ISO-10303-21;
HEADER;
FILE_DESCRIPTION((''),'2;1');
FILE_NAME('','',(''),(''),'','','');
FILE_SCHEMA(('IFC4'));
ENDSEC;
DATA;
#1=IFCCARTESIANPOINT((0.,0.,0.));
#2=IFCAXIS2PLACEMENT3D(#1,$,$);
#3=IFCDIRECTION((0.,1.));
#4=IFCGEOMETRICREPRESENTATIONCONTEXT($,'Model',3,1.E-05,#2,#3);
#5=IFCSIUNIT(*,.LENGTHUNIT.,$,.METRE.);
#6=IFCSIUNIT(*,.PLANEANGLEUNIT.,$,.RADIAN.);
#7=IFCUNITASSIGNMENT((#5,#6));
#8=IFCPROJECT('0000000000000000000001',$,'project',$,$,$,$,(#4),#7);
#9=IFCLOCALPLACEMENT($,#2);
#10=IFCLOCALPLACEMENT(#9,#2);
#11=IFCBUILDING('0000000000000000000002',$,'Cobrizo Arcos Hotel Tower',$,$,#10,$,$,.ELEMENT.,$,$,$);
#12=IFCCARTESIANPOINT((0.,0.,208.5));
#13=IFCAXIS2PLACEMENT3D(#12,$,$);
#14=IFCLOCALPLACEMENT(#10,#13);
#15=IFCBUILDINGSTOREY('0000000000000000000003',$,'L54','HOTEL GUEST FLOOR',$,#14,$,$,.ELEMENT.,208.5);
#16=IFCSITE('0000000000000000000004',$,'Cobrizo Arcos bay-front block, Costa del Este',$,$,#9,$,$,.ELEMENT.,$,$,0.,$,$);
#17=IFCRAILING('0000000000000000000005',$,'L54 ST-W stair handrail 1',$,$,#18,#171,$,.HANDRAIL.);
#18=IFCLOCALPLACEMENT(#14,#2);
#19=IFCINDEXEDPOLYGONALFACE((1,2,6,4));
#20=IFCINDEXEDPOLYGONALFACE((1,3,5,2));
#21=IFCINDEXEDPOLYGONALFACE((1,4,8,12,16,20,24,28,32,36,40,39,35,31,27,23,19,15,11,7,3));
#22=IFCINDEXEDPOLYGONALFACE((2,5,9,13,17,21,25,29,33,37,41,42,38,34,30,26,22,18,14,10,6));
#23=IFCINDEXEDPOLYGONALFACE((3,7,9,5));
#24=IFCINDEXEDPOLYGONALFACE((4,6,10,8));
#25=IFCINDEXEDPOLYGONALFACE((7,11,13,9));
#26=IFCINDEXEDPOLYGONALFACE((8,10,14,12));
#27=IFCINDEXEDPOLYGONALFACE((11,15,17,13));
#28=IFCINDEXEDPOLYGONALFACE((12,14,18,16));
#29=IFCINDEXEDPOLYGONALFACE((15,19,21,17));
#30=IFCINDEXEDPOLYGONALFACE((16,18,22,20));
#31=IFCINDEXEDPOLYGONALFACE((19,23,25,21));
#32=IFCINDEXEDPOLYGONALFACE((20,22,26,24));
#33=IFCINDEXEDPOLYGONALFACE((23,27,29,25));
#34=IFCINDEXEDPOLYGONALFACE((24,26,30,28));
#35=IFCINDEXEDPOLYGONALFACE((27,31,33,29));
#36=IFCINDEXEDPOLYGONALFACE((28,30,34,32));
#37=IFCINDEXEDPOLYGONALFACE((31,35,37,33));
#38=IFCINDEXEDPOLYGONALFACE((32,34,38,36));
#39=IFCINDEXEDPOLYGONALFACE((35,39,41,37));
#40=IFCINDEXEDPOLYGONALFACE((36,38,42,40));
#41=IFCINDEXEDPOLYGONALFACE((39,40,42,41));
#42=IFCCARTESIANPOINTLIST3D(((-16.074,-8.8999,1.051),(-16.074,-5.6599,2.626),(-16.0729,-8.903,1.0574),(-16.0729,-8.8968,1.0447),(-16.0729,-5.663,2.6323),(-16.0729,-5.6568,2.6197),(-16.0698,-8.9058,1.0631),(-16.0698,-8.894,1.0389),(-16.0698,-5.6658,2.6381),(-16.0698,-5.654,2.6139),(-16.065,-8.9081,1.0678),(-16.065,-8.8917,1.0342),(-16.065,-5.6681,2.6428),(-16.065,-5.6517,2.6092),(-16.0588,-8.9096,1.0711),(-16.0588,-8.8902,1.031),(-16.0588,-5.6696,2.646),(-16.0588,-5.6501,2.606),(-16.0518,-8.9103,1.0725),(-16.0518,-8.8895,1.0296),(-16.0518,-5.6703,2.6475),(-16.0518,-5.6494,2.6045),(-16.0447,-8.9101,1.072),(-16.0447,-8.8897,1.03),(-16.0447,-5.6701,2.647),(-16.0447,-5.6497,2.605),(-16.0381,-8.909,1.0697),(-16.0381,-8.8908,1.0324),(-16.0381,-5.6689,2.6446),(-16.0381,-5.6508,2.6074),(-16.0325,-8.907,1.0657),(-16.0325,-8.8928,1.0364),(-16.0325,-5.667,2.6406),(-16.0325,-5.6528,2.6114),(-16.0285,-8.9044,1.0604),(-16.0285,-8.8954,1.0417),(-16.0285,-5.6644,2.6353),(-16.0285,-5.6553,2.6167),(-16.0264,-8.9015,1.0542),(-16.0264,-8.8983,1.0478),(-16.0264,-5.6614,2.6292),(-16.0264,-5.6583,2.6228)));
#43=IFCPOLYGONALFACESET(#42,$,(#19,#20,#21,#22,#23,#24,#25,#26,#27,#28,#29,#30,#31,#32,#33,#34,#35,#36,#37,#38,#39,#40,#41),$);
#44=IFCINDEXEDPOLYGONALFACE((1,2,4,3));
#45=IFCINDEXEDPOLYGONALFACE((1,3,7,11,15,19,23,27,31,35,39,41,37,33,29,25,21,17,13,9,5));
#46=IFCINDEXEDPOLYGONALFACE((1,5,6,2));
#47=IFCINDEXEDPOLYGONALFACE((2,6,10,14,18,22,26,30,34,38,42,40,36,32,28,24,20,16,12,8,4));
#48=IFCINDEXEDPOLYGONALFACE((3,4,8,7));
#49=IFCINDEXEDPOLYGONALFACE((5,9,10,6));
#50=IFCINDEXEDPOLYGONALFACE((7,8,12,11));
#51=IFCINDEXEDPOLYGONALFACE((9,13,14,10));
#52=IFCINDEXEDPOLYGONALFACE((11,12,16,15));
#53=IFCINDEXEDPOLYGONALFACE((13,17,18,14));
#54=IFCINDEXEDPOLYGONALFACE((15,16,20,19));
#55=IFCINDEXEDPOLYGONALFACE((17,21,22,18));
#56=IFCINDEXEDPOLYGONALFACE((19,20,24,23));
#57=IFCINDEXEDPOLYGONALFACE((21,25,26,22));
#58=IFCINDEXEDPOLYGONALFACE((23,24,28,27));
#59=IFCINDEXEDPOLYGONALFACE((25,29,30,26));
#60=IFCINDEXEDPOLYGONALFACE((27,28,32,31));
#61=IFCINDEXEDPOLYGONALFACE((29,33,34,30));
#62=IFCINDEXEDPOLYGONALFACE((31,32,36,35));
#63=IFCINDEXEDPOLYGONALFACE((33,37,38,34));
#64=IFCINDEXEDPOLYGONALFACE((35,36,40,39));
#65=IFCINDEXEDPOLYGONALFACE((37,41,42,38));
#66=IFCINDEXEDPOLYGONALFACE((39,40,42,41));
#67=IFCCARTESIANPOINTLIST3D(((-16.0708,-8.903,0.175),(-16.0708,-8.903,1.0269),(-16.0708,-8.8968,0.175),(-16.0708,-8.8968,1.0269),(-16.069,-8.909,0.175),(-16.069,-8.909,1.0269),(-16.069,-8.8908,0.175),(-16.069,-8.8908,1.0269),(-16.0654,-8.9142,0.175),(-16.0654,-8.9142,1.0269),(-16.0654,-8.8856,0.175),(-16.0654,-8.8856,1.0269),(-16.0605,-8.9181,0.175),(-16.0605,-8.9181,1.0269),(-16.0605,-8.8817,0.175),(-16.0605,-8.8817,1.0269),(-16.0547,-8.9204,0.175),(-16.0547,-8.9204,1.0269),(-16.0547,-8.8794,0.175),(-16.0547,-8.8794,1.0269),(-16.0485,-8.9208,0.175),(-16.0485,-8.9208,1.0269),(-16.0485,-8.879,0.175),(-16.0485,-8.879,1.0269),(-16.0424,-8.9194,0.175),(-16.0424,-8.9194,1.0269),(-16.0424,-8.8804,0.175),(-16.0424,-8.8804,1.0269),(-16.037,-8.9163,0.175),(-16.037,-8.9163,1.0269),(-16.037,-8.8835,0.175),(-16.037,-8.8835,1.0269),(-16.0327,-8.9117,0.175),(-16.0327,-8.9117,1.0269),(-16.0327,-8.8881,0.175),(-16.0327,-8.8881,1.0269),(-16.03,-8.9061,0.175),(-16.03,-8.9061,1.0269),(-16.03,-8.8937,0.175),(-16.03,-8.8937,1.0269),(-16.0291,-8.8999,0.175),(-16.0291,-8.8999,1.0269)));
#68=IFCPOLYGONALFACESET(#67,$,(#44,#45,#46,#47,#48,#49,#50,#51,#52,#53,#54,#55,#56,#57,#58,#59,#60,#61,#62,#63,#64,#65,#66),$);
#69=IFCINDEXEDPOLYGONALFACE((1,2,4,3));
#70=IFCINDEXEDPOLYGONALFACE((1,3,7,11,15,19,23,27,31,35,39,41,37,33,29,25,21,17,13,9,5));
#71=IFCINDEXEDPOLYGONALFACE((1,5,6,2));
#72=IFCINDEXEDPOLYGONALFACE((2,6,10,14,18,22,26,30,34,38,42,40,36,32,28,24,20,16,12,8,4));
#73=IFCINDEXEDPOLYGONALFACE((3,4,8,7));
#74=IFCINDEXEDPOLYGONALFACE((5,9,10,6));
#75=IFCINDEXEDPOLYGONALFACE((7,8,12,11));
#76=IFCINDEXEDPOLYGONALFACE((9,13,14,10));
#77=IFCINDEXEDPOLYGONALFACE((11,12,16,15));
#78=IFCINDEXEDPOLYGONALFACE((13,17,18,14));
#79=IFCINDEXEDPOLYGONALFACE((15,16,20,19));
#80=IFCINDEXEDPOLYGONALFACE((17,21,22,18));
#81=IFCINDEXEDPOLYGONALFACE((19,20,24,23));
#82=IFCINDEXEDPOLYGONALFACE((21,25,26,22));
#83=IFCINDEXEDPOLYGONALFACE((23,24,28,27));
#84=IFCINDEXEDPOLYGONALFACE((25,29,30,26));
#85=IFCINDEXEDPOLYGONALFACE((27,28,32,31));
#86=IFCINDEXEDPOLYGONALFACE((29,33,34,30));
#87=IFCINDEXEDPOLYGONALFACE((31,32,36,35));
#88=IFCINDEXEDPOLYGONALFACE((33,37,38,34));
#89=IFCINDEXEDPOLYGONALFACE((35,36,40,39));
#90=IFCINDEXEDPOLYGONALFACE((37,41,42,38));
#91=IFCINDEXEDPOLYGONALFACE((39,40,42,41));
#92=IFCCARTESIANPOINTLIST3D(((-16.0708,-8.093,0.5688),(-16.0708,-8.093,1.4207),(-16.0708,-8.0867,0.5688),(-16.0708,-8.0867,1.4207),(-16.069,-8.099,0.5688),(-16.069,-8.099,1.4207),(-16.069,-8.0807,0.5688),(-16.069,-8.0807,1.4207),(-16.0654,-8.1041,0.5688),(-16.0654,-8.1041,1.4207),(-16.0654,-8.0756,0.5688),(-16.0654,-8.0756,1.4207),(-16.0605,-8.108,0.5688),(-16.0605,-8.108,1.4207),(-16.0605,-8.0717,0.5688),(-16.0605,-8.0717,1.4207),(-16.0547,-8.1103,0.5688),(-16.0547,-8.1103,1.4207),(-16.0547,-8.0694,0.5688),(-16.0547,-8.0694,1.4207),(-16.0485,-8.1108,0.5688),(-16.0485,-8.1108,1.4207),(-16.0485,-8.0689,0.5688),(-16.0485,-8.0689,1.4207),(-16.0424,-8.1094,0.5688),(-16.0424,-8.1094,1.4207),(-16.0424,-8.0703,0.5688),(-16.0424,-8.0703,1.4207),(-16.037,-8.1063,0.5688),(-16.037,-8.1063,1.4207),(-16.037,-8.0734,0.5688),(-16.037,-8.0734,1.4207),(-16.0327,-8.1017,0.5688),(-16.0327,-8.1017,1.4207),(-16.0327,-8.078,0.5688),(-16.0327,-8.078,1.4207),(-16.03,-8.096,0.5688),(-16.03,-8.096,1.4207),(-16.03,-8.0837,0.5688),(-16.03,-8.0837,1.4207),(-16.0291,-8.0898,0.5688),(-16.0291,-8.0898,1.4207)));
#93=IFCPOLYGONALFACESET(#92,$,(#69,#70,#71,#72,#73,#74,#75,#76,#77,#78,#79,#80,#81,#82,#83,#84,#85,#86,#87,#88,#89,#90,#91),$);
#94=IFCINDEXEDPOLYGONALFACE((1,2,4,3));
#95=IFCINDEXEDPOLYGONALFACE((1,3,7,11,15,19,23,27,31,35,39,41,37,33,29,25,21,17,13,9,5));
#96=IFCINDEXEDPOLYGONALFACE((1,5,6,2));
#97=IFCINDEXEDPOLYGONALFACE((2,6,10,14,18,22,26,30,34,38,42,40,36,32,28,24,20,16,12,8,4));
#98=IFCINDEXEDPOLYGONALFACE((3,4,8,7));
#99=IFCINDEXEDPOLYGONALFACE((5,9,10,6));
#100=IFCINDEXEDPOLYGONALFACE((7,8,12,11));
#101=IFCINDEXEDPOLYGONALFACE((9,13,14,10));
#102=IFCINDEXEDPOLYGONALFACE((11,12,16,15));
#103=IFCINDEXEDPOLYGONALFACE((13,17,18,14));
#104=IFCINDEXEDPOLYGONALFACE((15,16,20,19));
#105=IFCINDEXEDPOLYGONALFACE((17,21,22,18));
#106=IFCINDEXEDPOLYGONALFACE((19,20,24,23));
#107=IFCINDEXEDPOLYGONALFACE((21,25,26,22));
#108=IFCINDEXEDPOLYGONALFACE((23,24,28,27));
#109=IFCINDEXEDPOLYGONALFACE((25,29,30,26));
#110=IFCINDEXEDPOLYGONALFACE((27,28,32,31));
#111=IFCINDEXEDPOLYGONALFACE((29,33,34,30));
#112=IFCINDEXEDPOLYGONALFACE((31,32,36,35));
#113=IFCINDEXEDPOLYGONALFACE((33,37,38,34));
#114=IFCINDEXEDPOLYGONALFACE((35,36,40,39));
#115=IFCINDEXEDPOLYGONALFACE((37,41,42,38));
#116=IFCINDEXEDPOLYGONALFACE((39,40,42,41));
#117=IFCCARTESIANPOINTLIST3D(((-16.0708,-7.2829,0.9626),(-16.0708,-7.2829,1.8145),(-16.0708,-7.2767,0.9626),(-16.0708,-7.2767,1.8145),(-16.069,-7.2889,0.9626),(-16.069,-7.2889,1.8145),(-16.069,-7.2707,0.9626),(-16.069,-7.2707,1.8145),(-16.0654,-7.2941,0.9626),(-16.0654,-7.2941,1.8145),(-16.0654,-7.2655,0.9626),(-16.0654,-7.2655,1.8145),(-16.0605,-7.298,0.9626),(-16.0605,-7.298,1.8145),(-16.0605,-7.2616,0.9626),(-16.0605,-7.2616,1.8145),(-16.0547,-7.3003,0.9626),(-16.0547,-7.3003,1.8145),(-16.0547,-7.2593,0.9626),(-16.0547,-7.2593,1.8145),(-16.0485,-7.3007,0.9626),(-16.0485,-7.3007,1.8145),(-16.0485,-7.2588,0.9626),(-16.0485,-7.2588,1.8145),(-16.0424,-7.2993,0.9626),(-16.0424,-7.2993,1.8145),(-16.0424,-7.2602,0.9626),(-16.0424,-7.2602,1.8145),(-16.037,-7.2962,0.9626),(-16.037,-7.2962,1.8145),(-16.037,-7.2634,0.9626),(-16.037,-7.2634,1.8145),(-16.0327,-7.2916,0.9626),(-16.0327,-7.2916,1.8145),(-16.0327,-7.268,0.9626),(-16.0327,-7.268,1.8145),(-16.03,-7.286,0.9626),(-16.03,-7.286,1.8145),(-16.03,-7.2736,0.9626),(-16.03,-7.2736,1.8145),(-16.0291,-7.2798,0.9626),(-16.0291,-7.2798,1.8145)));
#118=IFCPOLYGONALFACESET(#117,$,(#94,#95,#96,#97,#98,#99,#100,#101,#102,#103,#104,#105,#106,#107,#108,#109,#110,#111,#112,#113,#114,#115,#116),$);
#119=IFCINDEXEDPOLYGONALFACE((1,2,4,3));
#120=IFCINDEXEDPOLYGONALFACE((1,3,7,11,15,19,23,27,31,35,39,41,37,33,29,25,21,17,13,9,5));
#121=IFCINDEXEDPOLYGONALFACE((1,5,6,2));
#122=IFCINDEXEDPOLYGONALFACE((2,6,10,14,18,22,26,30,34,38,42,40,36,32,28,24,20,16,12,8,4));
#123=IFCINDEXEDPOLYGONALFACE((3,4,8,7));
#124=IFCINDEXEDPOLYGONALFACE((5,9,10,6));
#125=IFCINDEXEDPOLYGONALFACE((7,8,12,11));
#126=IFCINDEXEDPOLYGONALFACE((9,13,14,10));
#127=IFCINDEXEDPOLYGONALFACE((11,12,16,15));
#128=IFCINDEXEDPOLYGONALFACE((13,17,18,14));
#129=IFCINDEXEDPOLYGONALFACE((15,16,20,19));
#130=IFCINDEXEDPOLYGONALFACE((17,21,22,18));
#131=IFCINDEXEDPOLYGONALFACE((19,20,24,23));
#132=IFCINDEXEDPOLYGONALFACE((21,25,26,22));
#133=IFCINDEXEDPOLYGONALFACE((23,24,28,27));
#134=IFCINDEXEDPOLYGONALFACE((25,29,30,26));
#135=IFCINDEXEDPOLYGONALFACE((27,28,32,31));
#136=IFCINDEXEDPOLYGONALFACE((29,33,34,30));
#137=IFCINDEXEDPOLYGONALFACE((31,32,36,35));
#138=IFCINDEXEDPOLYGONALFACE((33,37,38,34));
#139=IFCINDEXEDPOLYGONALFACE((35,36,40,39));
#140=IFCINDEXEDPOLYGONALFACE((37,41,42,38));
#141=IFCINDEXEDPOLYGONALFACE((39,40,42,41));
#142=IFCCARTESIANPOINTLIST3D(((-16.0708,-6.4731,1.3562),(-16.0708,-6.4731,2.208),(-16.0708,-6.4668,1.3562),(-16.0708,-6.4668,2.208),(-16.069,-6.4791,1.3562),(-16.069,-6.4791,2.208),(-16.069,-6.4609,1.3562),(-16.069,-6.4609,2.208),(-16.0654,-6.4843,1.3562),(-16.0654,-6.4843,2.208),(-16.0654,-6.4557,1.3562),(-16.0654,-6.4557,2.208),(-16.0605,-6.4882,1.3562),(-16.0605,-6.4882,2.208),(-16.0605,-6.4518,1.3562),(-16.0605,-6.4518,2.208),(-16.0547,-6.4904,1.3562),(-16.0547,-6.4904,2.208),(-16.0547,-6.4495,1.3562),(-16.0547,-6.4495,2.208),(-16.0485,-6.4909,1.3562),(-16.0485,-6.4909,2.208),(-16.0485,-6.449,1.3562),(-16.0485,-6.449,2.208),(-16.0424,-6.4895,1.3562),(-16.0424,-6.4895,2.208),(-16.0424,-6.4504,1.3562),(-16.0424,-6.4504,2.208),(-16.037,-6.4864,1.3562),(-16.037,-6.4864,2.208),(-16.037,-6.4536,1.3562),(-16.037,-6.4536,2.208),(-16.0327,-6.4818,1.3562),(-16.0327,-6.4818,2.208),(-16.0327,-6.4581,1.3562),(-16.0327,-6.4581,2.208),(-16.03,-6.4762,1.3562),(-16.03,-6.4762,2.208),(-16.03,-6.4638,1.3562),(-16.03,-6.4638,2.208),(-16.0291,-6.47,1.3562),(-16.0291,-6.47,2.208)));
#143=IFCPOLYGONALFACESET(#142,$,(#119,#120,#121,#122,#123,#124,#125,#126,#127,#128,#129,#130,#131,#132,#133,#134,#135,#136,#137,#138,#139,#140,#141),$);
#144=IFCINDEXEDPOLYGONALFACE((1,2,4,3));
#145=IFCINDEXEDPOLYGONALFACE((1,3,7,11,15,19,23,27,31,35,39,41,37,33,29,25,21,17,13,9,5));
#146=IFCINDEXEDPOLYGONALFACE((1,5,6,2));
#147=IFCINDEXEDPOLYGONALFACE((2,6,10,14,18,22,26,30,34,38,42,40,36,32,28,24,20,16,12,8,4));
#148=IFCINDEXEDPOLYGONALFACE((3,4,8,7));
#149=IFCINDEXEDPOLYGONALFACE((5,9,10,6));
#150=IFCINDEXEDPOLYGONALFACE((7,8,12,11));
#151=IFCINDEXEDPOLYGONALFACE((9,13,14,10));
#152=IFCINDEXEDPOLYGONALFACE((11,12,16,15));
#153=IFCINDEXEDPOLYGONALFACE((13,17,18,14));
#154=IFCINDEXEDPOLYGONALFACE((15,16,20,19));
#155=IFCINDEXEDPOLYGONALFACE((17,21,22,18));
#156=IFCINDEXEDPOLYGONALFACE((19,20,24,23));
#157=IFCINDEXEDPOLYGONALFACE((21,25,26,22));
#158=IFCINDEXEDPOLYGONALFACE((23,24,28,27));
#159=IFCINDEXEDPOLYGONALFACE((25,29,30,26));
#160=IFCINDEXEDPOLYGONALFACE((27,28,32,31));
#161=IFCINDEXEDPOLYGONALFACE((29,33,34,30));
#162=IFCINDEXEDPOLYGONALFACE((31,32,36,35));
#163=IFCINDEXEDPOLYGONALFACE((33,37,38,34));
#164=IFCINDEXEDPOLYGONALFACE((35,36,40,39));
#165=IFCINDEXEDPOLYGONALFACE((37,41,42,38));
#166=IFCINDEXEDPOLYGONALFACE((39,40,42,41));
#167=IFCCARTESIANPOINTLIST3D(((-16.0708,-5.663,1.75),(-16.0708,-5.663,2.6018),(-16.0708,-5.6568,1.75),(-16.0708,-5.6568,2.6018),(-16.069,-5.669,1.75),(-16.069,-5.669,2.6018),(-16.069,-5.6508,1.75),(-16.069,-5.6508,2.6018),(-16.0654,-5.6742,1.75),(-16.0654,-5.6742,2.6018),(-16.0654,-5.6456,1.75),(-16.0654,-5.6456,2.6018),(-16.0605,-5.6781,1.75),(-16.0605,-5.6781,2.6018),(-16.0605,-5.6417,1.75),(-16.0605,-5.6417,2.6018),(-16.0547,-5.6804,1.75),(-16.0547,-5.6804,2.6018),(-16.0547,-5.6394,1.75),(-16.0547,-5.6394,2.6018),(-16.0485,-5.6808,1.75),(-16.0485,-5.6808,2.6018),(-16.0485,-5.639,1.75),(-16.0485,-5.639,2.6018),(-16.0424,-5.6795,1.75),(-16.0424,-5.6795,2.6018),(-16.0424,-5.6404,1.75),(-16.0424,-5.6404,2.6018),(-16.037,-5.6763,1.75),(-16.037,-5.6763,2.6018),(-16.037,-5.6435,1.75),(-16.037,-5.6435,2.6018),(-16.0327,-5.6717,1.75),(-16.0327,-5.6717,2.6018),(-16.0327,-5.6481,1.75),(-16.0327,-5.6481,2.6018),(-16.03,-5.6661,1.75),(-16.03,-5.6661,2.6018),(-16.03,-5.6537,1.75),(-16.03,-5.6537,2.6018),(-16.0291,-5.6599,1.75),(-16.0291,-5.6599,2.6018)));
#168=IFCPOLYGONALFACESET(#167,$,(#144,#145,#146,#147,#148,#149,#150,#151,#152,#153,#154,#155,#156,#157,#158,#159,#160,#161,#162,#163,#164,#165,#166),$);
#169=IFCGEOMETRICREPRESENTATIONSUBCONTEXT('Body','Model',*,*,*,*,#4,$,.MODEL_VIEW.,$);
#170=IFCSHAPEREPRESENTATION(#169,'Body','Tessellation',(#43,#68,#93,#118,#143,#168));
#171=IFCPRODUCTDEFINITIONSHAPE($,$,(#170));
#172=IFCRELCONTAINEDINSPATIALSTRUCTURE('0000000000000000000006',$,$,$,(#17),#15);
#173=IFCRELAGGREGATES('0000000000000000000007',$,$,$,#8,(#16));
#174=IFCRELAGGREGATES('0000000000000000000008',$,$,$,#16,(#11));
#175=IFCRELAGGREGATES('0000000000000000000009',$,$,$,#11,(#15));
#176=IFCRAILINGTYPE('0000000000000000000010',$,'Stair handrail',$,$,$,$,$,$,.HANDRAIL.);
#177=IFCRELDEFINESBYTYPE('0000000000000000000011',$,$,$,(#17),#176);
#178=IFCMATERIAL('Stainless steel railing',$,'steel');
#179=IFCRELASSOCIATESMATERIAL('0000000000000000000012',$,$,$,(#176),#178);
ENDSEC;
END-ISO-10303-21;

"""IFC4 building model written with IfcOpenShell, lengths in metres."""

from ifc_helpers import new_model, si_unit, direction, frame, origin, origin_2d, place, context, subcontext, project, spatial, circle, extrude, material, type_object, element, save


model = new_model("IFC4")

# Units and contexts
model_context = context("Model", 3, precision=1e-05, world=origin(), true_north=direction((0.0, 1.0)))
body_context = subcontext(model_context, "Body", "Model", "MODEL_VIEW")
ifc_project = project(units=[si_unit("LENGTHUNIT", "METRE"), si_unit("PLANEANGLEUNIT", "RADIAN")], contexts=[model_context])

# Site, building, storey
site_placement = place(None, origin())
site = spatial("IfcSite", under=ifc_project, at=site_placement, Name="Cobrizo Arcos bay-front block, Costa del Este", CompositionType="ELEMENT", RefElevation=0.0)
building_placement = place(site_placement, origin())
building = spatial("IfcBuilding", under=site, at=building_placement, Name="Cobrizo Arcos Hotel Tower", CompositionType="ELEMENT")
storey_placement = place(building_placement, frame((0.0, 0.0, 208.5)))
storey = spatial("IfcBuildingStorey", under=building, at=storey_placement, Name="L54", Description="HOTEL GUEST FLOOR", CompositionType="ELEMENT", Elevation=208.5)

# Railing
ifc_material_1 = material(Name="Stainless steel railing", Category="steel")
railing_type_1 = type_object("IfcRailingType", Name="Stair handrail", PredefinedType="HANDRAIL", material=ifc_material_1)
railing_1_placement = place(storey_placement, frame((-16.05, -8.8999, 0.175)))
element("IfcRailing", 1, at=railing_1_placement, inside=storey, type_object=railing_type_1, Name="L54 ST-W stair handrail 1", PredefinedType="HANDRAIL", context=body_context, shape_type="SweptSolid", body=[
    extrude(circle(Radius=0.0239, at=origin_2d()), frame((0.0, 0.0, 0.876), z_axis=(0.0, 0.899373, 0.437183), x_axis=(-1.0, 0.0, 0.0)), (0.0, 0.0, 1.0), 3.6025),
    extrude(circle(Radius=0.021, at=origin_2d()), origin(), (0.0, 0.0, 1.0), 0.8518),
    extrude(circle(Radius=0.021, at=origin_2d()), frame((0.0, 0.8101, 0.3938)), (0.0, 0.0, 1.0), 0.8518),
    extrude(circle(Radius=0.021, at=origin_2d()), frame((0.0, 1.6201, 0.7876)), (0.0, 0.0, 1.0), 0.8518),
    extrude(circle(Radius=0.021, at=origin_2d()), frame((0.0, 2.4299, 1.1812)), (0.0, 0.0, 1.0), 0.8518),
    extrude(circle(Radius=0.021, at=origin_2d()), frame((0.0, 3.24, 1.575)), (0.0, 0.0, 1.0), 0.8518),
])

save(model, "model.ifc")
